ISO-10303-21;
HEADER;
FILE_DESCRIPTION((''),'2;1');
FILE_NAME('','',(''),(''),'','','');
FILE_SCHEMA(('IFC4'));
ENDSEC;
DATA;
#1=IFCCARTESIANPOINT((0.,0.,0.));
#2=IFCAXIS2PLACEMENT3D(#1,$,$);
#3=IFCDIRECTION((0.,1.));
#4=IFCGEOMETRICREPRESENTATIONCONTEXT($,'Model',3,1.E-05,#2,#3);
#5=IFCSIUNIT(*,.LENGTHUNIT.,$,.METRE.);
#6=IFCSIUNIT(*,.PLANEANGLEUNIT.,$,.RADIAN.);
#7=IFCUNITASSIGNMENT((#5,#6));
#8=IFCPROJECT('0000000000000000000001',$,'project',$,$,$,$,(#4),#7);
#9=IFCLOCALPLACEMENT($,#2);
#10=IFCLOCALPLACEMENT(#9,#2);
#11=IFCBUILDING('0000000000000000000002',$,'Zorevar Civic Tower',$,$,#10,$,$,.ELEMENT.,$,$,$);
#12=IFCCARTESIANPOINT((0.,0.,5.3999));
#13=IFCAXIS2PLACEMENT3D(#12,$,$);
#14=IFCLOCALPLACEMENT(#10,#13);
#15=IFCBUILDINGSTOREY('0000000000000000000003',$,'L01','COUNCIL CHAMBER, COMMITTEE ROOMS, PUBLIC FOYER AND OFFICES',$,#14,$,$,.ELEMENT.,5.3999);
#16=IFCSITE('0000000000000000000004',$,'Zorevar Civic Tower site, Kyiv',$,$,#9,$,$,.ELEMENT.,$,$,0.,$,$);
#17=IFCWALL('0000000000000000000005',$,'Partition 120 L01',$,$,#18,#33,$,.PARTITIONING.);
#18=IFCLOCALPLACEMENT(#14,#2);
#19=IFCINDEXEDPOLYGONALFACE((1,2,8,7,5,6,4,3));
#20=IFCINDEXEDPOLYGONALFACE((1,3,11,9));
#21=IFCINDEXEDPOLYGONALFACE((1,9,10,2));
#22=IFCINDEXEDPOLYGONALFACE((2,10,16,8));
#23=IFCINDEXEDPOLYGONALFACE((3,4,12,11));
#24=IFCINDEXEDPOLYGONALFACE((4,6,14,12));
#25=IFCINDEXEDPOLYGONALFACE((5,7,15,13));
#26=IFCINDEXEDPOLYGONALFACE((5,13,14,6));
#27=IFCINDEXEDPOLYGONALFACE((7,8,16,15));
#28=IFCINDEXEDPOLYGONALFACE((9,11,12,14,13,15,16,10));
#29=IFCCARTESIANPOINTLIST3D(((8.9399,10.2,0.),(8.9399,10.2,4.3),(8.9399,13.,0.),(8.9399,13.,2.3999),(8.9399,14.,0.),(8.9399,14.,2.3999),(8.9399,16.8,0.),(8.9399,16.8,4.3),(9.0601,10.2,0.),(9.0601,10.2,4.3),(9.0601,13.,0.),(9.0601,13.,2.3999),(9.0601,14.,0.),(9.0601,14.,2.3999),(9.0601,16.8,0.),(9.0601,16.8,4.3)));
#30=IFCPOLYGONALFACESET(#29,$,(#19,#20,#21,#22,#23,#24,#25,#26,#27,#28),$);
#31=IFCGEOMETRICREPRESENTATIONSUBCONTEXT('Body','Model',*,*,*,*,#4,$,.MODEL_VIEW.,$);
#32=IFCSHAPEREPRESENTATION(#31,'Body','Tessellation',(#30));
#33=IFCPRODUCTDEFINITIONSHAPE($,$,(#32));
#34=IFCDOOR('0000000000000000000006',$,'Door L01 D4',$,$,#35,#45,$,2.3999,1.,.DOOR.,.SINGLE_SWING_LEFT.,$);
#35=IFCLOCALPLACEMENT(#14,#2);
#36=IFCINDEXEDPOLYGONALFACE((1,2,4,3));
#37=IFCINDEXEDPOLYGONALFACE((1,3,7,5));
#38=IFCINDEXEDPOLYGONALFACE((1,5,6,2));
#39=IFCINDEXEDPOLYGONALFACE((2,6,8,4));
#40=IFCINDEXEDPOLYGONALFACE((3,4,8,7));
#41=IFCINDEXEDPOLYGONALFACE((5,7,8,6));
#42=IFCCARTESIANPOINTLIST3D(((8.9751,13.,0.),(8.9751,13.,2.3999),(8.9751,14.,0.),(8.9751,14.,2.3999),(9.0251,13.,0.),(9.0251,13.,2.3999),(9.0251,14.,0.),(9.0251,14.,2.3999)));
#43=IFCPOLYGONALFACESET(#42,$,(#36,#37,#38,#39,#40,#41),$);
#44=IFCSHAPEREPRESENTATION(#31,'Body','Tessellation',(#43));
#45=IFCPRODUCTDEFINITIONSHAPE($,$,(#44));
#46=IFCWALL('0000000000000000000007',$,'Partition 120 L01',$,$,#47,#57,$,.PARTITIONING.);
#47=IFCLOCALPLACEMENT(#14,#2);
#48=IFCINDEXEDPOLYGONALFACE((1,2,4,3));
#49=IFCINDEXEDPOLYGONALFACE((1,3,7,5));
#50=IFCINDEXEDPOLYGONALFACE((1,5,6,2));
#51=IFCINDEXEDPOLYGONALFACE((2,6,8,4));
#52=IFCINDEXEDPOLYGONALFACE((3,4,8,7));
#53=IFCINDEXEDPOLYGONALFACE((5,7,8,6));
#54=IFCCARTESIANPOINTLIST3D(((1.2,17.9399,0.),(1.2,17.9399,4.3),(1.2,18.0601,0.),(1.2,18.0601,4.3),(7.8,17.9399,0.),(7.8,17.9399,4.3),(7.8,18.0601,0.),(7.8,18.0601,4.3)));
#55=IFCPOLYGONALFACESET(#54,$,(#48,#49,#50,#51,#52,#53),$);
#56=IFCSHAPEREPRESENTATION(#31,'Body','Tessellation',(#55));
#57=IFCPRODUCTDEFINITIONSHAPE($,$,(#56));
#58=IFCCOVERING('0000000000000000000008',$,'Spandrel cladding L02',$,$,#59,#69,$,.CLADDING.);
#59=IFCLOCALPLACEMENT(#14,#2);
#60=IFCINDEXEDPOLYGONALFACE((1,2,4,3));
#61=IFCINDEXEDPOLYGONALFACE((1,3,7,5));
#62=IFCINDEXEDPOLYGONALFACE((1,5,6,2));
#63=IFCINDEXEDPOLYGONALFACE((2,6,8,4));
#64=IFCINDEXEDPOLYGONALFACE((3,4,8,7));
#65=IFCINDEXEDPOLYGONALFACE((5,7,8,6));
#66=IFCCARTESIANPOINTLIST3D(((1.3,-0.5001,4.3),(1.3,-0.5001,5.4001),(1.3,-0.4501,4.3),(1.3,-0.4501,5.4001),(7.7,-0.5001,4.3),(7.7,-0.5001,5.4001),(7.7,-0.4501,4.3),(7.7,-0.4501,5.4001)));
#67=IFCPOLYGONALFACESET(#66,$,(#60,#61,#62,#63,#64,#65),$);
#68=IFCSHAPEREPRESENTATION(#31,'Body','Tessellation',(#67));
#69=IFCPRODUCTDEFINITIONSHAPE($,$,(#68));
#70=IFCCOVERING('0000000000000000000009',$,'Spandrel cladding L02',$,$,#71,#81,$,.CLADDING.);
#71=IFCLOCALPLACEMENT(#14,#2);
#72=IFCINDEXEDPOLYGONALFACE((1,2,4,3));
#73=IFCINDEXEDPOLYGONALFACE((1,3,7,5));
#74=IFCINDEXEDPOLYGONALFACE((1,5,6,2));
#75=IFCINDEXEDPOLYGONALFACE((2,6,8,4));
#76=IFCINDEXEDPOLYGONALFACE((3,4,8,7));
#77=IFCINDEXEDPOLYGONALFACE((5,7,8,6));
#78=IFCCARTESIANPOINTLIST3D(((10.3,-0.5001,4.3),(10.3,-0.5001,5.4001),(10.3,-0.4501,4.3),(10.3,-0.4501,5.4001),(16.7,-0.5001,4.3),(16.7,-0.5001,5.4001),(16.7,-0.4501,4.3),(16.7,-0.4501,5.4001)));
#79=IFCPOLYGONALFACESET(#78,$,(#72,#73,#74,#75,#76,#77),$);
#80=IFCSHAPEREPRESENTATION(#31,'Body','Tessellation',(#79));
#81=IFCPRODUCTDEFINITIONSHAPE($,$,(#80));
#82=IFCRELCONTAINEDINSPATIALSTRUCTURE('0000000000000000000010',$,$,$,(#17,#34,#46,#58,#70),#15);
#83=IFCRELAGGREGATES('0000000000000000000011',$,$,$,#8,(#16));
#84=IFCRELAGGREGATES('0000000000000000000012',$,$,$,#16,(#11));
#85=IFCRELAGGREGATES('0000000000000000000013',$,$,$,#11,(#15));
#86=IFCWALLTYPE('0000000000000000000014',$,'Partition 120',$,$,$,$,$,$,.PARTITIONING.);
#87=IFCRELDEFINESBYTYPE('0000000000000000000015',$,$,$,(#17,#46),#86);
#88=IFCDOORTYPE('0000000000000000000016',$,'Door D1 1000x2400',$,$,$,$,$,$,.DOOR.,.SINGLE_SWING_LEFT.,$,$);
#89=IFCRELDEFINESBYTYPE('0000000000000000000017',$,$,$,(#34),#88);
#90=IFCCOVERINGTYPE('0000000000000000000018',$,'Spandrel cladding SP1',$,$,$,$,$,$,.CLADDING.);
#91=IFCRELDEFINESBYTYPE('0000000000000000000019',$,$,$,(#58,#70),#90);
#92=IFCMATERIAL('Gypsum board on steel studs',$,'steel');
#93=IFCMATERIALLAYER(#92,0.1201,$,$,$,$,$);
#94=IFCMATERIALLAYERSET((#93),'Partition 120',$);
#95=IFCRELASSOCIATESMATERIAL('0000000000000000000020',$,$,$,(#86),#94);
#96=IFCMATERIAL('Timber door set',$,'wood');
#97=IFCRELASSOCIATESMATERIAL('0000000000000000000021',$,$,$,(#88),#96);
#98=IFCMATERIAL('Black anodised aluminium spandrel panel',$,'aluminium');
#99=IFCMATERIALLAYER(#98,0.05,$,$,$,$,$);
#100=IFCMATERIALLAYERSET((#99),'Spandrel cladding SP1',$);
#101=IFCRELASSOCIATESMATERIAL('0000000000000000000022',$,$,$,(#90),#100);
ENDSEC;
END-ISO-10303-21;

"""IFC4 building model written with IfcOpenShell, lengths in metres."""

from ifc_helpers import new_model, si_unit, direction, frame, frame_2d, origin, place, context, subcontext, project, spatial, rectangle, extrude, material, layer, layer_set, type_object, element, fill, save


model = new_model("IFC4")

# Units and contexts
model_context = context("Model", 3, precision=1e-05, world=origin(), true_north=direction((0.0, 1.0)))
body_context = subcontext(model_context, "Body", "Model", "MODEL_VIEW")
ifc_project = project(units=[si_unit("LENGTHUNIT", "METRE"), si_unit("PLANEANGLEUNIT", "RADIAN")], contexts=[model_context])

# Site, building, storey
site_placement = place(None, origin())
site = spatial("IfcSite", under=ifc_project, at=site_placement, Name="Zorevar Civic Tower site, Kyiv", CompositionType="ELEMENT", RefElevation=0.0)
building_placement = place(site_placement, origin())
building = spatial("IfcBuilding", under=site, at=building_placement, Name="Zorevar Civic Tower", CompositionType="ELEMENT")
storey_placement = place(building_placement, frame((0.0, 0.0, 5.3999)))
storey = spatial("IfcBuildingStorey", under=building, at=storey_placement, Name="L01", Description="COUNCIL CHAMBER, COMMITTEE ROOMS, PUBLIC FOYER AND OFFICES", CompositionType="ELEMENT", Elevation=5.3999)

# Shared definitions
ifc_material_1 = material(Name="Gypsum board on steel studs", Category="steel")
ifc_layer_1 = layer(ifc_material_1, 0.1201)
ifc_layer_set_1 = layer_set([ifc_layer_1], Name="Partition 120")
wall_type = type_object("IfcWallType", Name="Partition 120", PredefinedType="PARTITIONING", material=ifc_layer_set_1)

# Wall, opening, door
wall_1_placement = place(storey_placement, frame((9.0, 10.2, 0.0), z_axis=(0.0, 0.0, 1.0), x_axis=(0.0, 1.0, 0.0)))
wall_1 = element("IfcWall", 1, at=wall_1_placement, inside=storey, type_object=wall_type, Name="Partition 120 L01", PredefinedType="PARTITIONING", context=body_context, shape_type="SweptSolid", body=[
    extrude(rectangle(XDim=6.6001, YDim=0.1201, at=frame_2d((3.3, 0.0))), origin(), (0.0, 0.0, 1.0), 4.3),
])
opening_placement = place(wall_1_placement, frame((2.8, 0.0, 0.0)))
opening = element("IfcOpeningElement", 2, at=opening_placement, cuts=wall_1, PredefinedType="OPENING", context=body_context, shape_type="SweptSolid", body=[
    extrude(rectangle(XDim=1.0, YDim=2.3999, at=frame_2d((0.5, 1.2))), frame((0.0, 0.0701, 0.0), z_axis=(0.0, -1.0, 0.0), x_axis=(1.0, 0.0, 0.0)), (0.0, 0.0, 1.0), 0.1401),
])
ifc_material_2 = material(Name="Timber door set", Category="wood")
door_type = type_object("IfcDoorType", Name="Door D1 1000x2400", OperationType="SINGLE_SWING_LEFT", PredefinedType="DOOR", material=ifc_material_2)
door_placement = place(opening_placement, origin())
door = element("IfcDoor", 3, at=door_placement, inside=storey, type_object=door_type, Name="Door L01 D4", OperationType="SINGLE_SWING_LEFT", OverallHeight=2.3999, OverallWidth=1.0, PredefinedType="DOOR", context=body_context, shape_type="SweptSolid", body=[
    extrude(rectangle(XDim=1.0, YDim=2.3999, at=frame_2d((0.5, 1.2))), frame((0.0, 0.0249, 0.0), z_axis=(0.0, -1.0, 0.0), x_axis=(1.0, 0.0, 0.0)), (0.0, 0.0, 1.0), 0.05),
])
fill(opening, door)

# Wall
wall_2_placement = place(storey_placement, frame((1.2, 18.0, 0.0), z_axis=(0.0, 0.0, 1.0), x_axis=(1.0, 0.0, 0.0)))
element("IfcWall", 4, at=wall_2_placement, inside=storey, type_object=wall_type, Name="Partition 120 L01", PredefinedType="PARTITIONING", context=body_context, shape_type="SweptSolid", body=[
    extrude(rectangle(XDim=6.6001, YDim=0.1201, at=frame_2d((3.3, 0.0))), origin(), (0.0, 0.0, 1.0), 4.3),
])

# Coverings
ifc_material_3 = material(Name="Black anodised aluminium spandrel panel", Category="aluminium")
ifc_layer_2 = layer(ifc_material_3, 0.05)
ifc_layer_set_2 = layer_set([ifc_layer_2], Name="Spandrel cladding SP1")
covering_type = type_object("IfcCoveringType", Name="Spandrel cladding SP1", PredefinedType="CLADDING", material=ifc_layer_set_2)
for number, where, z_axis, x_axis, name in (
    (5, (1.3, -0.4751, 4.3), (0.0, 0.0, 1.0), (1.0, 0.0, 0.0), "Spandrel cladding L02"),
    (6, (10.3, -0.4751, 4.3), (0.0, 0.0, 1.0), (1.0, 0.0, 0.0), "Spandrel cladding L02"),
):
    element("IfcCovering", number, at=place(storey_placement, frame(where, z_axis=z_axis, x_axis=x_axis)), inside=storey, type_object=covering_type, Name=name, PredefinedType="CLADDING", context=body_context, shape_type="SweptSolid", body=[
        extrude(rectangle(XDim=6.3999, YDim=0.05, at=frame_2d((3.2, 0.0))), origin(), (0.0, 0.0, 1.0), 1.1001),
    ])

save(model, "model.ifc")
